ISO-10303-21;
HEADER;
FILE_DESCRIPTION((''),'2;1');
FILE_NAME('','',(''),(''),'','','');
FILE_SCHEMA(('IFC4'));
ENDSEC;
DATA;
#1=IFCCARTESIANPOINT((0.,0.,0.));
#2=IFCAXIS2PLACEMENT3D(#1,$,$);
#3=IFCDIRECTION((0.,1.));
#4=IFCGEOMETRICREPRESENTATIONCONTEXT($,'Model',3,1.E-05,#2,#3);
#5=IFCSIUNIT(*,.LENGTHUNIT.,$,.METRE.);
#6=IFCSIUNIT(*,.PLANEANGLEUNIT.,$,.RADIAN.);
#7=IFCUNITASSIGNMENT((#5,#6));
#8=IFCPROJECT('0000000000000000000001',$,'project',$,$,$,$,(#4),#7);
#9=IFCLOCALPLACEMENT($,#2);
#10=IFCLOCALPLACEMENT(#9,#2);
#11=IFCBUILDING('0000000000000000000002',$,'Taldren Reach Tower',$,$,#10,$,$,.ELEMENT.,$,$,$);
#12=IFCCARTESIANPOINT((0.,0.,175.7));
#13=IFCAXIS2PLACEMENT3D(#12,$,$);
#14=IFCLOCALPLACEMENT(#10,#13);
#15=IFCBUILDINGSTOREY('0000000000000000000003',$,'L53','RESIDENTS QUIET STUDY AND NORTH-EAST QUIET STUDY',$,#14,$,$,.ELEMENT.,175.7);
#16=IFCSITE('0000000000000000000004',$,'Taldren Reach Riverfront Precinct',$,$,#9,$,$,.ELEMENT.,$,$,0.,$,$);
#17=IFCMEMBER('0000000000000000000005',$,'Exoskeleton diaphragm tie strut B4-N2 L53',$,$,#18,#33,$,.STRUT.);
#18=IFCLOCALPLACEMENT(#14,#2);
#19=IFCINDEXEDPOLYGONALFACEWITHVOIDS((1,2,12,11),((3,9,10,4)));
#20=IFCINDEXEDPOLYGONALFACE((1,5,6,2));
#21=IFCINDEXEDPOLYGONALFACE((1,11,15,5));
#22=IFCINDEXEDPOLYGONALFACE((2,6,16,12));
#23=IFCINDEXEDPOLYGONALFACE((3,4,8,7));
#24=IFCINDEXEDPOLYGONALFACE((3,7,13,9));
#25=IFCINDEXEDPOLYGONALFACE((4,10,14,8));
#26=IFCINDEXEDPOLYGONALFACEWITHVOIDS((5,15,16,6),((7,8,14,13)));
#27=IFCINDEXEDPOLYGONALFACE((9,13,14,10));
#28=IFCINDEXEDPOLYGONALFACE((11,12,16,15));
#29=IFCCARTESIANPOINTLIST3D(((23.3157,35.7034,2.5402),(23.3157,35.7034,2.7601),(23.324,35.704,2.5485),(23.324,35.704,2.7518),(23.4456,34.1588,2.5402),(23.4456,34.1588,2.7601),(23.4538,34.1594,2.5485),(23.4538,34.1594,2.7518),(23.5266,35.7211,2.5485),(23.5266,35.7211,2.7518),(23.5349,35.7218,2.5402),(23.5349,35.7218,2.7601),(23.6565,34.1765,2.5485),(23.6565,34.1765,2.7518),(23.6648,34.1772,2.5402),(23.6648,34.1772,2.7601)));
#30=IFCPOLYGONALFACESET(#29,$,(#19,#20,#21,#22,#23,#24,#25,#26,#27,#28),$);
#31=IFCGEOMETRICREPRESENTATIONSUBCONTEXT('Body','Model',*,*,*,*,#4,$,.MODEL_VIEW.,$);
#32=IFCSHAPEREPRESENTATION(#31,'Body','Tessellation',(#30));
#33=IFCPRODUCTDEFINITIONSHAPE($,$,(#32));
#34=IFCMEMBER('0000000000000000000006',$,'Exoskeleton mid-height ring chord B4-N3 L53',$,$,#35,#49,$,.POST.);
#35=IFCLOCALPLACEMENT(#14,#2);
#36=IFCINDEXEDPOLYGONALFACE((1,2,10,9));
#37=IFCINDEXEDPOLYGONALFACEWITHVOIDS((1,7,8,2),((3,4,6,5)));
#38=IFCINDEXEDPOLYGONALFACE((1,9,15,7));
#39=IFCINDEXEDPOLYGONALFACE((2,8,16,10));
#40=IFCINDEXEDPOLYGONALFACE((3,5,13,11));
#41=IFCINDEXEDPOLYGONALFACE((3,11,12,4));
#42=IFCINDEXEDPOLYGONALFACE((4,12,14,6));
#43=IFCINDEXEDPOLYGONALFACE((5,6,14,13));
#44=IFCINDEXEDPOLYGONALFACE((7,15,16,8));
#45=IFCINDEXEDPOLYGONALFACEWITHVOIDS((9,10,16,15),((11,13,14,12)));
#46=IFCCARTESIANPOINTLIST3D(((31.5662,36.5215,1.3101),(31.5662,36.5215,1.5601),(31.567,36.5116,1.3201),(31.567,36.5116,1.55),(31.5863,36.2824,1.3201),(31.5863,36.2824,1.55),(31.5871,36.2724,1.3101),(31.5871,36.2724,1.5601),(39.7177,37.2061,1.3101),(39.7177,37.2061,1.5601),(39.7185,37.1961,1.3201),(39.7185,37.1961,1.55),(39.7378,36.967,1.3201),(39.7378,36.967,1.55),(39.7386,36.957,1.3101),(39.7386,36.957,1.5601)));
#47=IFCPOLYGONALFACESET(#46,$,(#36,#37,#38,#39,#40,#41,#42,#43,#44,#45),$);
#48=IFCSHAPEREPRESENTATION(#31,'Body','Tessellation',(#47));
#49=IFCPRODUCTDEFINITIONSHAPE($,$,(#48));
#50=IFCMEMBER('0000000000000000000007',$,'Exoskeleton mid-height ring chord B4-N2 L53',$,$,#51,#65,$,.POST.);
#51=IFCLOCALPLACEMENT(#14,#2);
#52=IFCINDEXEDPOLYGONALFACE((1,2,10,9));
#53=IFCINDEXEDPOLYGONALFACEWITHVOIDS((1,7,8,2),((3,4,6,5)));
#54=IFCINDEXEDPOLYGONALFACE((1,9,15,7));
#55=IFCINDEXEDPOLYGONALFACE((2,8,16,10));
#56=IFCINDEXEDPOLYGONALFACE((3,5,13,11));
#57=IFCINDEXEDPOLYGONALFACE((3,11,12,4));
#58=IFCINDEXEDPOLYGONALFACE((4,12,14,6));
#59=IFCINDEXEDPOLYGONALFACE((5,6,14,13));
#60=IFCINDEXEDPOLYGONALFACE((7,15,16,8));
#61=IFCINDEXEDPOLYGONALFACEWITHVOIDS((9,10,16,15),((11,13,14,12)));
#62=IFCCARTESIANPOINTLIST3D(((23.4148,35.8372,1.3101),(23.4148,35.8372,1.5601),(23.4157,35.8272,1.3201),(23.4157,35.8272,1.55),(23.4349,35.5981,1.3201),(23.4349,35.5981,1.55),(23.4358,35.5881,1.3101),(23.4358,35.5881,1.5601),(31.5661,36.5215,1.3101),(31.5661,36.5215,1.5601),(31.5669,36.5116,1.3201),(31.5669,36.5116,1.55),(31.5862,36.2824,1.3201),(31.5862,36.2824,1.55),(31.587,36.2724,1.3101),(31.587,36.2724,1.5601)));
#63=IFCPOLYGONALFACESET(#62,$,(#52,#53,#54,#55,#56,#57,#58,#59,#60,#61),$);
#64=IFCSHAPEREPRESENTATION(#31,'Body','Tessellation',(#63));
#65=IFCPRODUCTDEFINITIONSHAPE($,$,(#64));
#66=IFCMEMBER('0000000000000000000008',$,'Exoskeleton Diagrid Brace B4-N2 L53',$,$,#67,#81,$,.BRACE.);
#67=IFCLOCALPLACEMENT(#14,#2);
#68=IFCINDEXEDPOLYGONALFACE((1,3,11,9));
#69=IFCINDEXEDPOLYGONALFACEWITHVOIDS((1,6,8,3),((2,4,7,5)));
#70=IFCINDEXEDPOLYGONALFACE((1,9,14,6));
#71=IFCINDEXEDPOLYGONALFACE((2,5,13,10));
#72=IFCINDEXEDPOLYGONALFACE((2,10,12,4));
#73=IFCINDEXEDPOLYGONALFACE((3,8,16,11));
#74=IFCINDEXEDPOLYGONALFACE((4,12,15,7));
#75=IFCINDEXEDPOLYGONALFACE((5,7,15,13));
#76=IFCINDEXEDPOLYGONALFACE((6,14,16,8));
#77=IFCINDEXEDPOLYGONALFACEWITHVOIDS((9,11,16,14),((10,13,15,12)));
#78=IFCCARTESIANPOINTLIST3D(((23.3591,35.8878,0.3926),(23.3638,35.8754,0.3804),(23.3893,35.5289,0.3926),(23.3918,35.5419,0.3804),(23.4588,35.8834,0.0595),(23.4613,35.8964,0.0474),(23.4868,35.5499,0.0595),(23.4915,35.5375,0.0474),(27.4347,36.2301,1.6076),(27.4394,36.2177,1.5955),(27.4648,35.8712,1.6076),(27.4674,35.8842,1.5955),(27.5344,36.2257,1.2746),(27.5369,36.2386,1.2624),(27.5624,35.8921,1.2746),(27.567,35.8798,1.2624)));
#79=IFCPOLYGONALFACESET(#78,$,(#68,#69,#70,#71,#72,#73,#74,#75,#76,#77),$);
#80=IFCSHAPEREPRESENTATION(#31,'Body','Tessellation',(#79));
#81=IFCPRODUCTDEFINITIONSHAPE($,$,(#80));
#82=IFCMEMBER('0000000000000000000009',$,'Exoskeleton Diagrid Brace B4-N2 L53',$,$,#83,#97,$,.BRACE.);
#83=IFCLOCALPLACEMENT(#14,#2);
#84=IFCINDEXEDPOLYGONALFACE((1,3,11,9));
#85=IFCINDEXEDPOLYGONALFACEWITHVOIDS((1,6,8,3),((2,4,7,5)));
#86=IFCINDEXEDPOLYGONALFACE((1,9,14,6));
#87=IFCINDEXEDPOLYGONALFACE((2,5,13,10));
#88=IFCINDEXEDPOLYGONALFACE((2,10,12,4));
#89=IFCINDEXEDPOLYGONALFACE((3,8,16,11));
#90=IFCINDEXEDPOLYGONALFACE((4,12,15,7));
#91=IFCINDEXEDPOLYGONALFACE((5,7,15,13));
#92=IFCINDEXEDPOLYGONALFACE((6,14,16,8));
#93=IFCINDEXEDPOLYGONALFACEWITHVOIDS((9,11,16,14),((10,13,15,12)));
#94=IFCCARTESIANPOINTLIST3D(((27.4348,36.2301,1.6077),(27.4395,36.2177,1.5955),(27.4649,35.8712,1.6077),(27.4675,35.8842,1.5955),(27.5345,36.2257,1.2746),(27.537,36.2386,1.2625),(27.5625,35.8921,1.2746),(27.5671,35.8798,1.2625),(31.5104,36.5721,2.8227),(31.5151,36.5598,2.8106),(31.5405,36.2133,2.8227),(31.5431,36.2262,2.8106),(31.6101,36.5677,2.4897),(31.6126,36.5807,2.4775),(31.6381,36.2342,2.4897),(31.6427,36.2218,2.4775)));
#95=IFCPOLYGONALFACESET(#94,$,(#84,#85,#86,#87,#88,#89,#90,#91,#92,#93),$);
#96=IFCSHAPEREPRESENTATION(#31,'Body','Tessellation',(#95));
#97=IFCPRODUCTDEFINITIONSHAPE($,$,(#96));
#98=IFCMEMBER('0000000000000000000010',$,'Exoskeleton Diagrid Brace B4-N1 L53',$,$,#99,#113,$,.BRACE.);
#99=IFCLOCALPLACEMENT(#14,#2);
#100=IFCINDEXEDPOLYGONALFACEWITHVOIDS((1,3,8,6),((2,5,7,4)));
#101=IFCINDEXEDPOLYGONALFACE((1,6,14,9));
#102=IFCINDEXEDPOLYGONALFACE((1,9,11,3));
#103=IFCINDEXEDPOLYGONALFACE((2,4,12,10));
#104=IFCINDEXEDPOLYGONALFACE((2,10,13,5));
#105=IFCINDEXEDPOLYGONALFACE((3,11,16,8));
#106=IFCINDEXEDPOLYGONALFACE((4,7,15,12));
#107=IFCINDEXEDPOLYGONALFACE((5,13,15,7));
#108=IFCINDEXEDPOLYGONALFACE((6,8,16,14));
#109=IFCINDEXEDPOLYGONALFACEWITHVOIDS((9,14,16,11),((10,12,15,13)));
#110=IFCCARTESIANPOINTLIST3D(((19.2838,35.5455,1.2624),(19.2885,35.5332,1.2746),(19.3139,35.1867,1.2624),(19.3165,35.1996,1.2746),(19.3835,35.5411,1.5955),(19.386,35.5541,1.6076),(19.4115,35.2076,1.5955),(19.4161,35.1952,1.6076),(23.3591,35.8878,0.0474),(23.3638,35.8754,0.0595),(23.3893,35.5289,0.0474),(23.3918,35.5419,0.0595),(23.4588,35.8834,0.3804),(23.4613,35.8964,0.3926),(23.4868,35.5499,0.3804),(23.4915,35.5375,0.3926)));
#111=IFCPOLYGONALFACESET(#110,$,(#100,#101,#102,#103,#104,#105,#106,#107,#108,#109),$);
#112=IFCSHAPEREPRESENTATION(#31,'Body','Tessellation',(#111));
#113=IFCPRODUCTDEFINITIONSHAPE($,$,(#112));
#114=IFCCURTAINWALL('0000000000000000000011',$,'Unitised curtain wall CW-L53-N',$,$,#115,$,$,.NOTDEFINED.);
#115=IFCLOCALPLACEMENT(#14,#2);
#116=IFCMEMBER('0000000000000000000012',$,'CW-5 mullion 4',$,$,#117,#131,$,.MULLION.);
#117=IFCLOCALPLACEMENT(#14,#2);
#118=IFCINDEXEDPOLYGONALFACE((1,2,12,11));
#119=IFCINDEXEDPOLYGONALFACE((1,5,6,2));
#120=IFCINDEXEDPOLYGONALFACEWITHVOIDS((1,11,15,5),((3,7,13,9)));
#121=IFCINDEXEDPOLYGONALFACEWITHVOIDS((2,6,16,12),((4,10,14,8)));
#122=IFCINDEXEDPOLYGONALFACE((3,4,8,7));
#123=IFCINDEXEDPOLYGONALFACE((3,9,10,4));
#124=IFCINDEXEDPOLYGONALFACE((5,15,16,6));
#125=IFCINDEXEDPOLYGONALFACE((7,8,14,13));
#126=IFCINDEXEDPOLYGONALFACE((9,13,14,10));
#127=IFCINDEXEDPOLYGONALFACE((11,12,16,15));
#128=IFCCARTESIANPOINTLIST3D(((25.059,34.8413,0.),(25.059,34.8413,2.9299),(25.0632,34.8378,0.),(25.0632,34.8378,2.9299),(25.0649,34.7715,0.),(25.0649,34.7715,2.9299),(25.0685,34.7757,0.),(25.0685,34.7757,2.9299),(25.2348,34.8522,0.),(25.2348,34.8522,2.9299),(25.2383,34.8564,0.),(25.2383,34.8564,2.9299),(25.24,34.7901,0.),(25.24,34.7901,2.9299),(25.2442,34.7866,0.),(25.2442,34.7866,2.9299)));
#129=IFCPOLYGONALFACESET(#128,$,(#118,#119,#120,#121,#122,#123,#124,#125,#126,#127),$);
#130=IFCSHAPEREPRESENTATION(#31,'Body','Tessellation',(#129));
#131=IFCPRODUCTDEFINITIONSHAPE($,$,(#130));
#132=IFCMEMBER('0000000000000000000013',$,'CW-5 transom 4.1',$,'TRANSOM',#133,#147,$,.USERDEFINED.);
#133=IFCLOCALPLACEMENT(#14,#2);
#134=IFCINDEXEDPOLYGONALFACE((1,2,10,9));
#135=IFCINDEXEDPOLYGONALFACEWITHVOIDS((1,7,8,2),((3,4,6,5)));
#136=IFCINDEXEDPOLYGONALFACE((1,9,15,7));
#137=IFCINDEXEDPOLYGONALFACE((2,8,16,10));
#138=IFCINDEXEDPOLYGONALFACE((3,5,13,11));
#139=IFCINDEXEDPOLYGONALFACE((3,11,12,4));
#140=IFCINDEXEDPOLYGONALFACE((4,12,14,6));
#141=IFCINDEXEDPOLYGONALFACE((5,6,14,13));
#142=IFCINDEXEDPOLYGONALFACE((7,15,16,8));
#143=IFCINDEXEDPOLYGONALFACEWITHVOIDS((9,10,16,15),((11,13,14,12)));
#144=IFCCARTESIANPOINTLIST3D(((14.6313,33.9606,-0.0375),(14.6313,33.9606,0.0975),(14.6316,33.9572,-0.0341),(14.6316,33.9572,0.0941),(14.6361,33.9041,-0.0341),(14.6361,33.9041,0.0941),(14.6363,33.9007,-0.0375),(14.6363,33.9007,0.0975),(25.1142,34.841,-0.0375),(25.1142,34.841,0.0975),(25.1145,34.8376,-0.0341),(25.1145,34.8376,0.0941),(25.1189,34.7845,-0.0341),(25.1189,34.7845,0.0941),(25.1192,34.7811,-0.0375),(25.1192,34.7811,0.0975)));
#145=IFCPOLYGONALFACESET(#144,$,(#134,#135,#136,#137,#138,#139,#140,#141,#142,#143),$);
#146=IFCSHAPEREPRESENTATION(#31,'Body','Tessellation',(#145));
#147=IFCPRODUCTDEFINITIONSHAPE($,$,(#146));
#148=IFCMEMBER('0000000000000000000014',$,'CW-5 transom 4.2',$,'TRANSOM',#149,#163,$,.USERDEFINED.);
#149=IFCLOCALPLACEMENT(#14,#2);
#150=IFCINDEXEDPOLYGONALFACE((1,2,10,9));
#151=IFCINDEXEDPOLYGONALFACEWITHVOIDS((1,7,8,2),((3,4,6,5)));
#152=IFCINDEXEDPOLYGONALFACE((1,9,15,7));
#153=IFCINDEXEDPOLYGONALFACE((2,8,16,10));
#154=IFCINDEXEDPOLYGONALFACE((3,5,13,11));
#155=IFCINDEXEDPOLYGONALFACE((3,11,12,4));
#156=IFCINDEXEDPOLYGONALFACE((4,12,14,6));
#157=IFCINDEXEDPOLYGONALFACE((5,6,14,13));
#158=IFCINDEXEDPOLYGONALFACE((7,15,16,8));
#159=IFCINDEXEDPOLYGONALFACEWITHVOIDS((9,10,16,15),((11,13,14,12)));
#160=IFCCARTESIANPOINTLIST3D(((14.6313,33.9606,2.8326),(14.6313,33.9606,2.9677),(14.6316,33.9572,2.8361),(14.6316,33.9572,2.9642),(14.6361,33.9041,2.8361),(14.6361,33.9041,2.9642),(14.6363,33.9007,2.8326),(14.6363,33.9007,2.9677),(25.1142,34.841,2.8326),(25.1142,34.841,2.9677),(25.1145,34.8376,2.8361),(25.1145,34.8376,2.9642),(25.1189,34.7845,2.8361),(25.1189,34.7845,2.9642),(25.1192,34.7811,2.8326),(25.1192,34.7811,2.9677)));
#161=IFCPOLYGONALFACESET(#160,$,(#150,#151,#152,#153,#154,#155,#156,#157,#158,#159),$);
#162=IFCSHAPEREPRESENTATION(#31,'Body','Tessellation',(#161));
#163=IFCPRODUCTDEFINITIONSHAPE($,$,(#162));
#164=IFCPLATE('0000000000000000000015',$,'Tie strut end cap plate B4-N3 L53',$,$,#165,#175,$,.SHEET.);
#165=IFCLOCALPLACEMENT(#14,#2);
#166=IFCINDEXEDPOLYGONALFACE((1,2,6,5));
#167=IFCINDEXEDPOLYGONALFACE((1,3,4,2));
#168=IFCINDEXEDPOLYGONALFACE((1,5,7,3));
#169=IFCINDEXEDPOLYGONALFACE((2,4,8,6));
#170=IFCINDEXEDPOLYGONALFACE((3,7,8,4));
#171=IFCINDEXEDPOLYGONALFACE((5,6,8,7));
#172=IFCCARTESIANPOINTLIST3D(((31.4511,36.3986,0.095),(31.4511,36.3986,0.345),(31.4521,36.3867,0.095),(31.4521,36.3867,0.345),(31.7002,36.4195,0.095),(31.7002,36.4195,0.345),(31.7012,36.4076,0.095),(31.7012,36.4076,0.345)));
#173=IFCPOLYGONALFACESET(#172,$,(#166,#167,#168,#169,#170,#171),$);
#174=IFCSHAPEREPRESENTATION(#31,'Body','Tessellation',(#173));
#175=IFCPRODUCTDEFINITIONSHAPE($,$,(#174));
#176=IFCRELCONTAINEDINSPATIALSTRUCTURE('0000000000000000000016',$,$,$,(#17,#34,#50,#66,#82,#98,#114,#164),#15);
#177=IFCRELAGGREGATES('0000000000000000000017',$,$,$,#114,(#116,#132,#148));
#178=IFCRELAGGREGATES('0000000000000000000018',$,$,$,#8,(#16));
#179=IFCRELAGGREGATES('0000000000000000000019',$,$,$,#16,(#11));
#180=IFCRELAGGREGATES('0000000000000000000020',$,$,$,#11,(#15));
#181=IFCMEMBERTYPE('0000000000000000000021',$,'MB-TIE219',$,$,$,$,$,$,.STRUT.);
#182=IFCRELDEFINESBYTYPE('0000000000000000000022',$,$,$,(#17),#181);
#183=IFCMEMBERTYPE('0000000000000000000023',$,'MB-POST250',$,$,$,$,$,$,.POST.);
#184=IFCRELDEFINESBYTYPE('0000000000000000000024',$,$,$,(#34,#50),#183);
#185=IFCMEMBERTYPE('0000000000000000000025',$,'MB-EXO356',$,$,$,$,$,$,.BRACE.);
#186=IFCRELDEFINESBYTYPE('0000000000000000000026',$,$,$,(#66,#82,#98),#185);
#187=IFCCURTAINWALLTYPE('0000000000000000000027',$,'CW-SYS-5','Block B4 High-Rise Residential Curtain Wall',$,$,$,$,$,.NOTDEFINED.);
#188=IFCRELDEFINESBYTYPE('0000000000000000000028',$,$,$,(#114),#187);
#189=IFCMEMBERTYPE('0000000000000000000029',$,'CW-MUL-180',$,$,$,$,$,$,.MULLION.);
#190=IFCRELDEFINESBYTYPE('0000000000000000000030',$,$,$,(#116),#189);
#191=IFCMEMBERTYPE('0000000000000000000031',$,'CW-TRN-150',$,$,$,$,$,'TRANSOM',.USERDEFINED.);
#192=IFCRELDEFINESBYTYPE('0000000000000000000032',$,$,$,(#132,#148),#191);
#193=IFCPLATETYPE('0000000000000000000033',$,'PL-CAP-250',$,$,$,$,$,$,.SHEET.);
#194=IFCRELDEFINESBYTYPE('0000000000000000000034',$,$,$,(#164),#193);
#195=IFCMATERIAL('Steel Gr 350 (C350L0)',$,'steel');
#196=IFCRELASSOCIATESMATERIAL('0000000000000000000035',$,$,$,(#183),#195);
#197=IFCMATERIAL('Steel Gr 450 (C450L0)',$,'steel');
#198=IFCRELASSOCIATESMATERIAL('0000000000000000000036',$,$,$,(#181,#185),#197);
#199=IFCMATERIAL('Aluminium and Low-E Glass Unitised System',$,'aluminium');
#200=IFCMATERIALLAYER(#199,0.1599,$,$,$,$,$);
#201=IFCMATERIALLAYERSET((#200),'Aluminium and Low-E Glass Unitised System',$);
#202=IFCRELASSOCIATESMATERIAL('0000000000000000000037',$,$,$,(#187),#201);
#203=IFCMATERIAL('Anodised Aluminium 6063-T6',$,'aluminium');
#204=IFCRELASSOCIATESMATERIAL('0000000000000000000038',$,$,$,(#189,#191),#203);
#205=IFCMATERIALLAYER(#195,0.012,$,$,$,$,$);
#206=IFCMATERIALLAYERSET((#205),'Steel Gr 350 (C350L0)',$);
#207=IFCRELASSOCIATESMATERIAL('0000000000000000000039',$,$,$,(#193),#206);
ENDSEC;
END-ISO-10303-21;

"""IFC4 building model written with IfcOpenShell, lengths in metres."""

from ifc_helpers import new_model, si_unit, direction, frame, origin, origin_2d, place, context, subcontext, project, spatial, rectangle, hollow_rectangle, extrude, source, transform, mapped, material, layer, layer_set, material_profile, profile_set, type_object, element, aggregate, save


model = new_model("IFC4")

# Units and contexts
model_context = context("Model", 3, precision=1e-05, world=origin(), true_north=direction((0.0, 1.0)))
body_context = subcontext(model_context, "Body", "Model", "MODEL_VIEW")
ifc_project = project(units=[si_unit("LENGTHUNIT", "METRE"), si_unit("PLANEANGLEUNIT", "RADIAN")], contexts=[model_context])

# Site, building, storey
site_placement = place(None, origin())
site = spatial("IfcSite", under=ifc_project, at=site_placement, Name="Taldren Reach Riverfront Precinct", CompositionType="ELEMENT", RefElevation=0.0)
building_placement = place(site_placement, origin())
building = spatial("IfcBuilding", under=site, at=building_placement, Name="Taldren Reach Tower", CompositionType="ELEMENT")
storey_placement = place(building_placement, frame((0.0, 0.0, 175.7)))
storey = spatial("IfcBuildingStorey", under=building, at=storey_placement, Name="L53", Description="RESIDENTS QUIET STUDY AND NORTH-EAST QUIET STUDY", CompositionType="ELEMENT", Elevation=175.7)

# Shared definitions
ifc_material_1 = material(Name="Steel Gr 350 (C350L0)", Category="steel")
ifc_material_profile_1 = material_profile(ifc_material_1, hollow_rectangle(XDim=0.25, YDim=0.25, WallThickness=0.01, at=origin_2d()), Name="250x250x10.0SHS")
ifc_profile_set_1 = profile_set([ifc_material_profile_1], Name="Steel Gr 350 (C350L0)")
member_type_1 = type_object("IfcMemberType", Name="MB-POST250", PredefinedType="POST", material=ifc_profile_set_1)

# Members
ifc_material_2 = material(Name="Steel Gr 450 (C450L0)", Category="steel")
ifc_material_profile_2 = material_profile(ifc_material_2, hollow_rectangle(XDim=0.22, YDim=0.22, WallThickness=0.0083, at=origin_2d()), Name="220x220x8.2SHS")
ifc_profile_set_2 = profile_set([ifc_material_profile_2], Name="Steel Gr 450 (C450L0)")
member_type_2 = type_object("IfcMemberType", Name="MB-TIE219", PredefinedType="STRUT", material=ifc_profile_set_2)
shared_shape_1 = source(origin(), body_context, "Body", "SweptSolid", [
    extrude(hollow_rectangle(XDim=0.22, YDim=0.22, WallThickness=0.0083, at=origin_2d()), origin(), (0.0, 0.0, 1.0), 1.55),
])
member_1_placement = place(storey_placement, frame((23.5552, 34.168, 2.6501), z_axis=(-0.083788, 0.996484, 0.0), x_axis=(-0.996484, -0.083788, 0.0)))
element("IfcMember", 1, at=member_1_placement, inside=storey, type_object=member_type_2, Name="Exoskeleton diaphragm tie strut B4-N2 L53", PredefinedType="STRUT", context=body_context, shape_type="MappedRepresentation", body=[
    mapped(shared_shape_1, transform((0.0, 0.0, 0.0), scale=1.0)),
])
shared_shape_2 = source(origin(), body_context, "Body", "SweptSolid", [
    extrude(hollow_rectangle(XDim=0.25, YDim=0.25, WallThickness=0.01, at=origin_2d()), origin(), (0.0, 0.0, 1.0), 8.1802),
])
member_2_placement = place(storey_placement, frame((31.5767, 36.397, 1.4351), z_axis=(0.996492, 0.083688, 0.0), x_axis=(-0.083688, 0.996492, 0.0)))
element("IfcMember", 2, at=member_2_placement, inside=storey, type_object=member_type_1, Name="Exoskeleton mid-height ring chord B4-N3 L53", PredefinedType="POST", context=body_context, shape_type="MappedRepresentation", body=[
    mapped(shared_shape_2, transform((0.0, 0.0, 0.0), scale=1.0)),
])
shared_shape_3 = source(origin(), body_context, "Body", "SweptSolid", [
    extrude(hollow_rectangle(XDim=0.25, YDim=0.25, WallThickness=0.01, at=origin_2d()), origin(), (0.0, 0.0, 1.0), 8.1799),
])
member_3_placement = place(storey_placement, frame((23.4253, 35.7126, 1.4351), z_axis=(0.996495, 0.083658, 0.0), x_axis=(-0.083658, 0.996495, 0.0)))
element("IfcMember", 3, at=member_3_placement, inside=storey, type_object=member_type_1, Name="Exoskeleton mid-height ring chord B4-N2 L53", PredefinedType="POST", context=body_context, shape_type="MappedRepresentation", body=[
    mapped(shared_shape_3, transform((0.0, 0.0, 0.0), scale=1.0)),
])
ifc_material_profile_3 = material_profile(ifc_material_2, hollow_rectangle(XDim=0.3601, YDim=0.3601, WallThickness=0.0127, at=origin_2d()), Name="360x360x12.7SHS")
ifc_profile_set_3 = profile_set([ifc_material_profile_3], Name="Steel Gr 450 (C450L0)")
member_type_3 = type_object("IfcMemberType", Name="MB-EXO356", PredefinedType="BRACE", material=ifc_profile_set_3)
shared_shape_4 = source(origin(), body_context, "Body", "SweptSolid", [
    extrude(hollow_rectangle(XDim=0.3601, YDim=0.3601, WallThickness=0.0127, at=origin_2d()), origin(), (0.0, 0.0, 1.0), 4.2666),
])
for number, where, z_axis, x_axis, name in (
    (4, (23.4253, 35.7126, 0.22), (0.955229, 0.080222, 0.284783), (-0.083688, 0.996492, 0.0), "Exoskeleton Diagrid Brace B4-N2 L53"),
    (5, (27.501, 36.0549, 1.4351), (0.955234, 0.080165, 0.284785), (-0.083628, 0.996497, 0.0), "Exoskeleton Diagrid Brace B4-N2 L53"),
):
    element("IfcMember", number, at=place(storey_placement, frame(where, z_axis=z_axis, x_axis=x_axis)), inside=storey, type_object=member_type_3, Name=name, PredefinedType="BRACE", context=body_context, shape_type="MappedRepresentation", body=[
        mapped(shared_shape_4, transform((0.0, 0.0, 0.0), scale=1.0)),
    ])
shared_shape_5 = source(origin(), body_context, "Body", "SweptSolid", [
    extrude(hollow_rectangle(XDim=0.3601, YDim=0.3601, WallThickness=0.0127, at=origin_2d()), origin(), (0.0, 0.0, 1.0), 4.2664),
])
member_4_placement = place(storey_placement, frame((23.4253, 35.7126, 0.22), z_axis=(-0.955224, -0.080227, 0.284799), x_axis=(0.083693, -0.996492, 0.0)))
element("IfcMember", 6, at=member_4_placement, inside=storey, type_object=member_type_3, Name="Exoskeleton Diagrid Brace B4-N1 L53", PredefinedType="BRACE", context=body_context, shape_type="MappedRepresentation", body=[
    mapped(shared_shape_5, transform((0.0, 0.0, 0.0), scale=1.0)),
])

# Curtain wall, members
ifc_material_3 = material(Name="Aluminium and Low-E Glass Unitised System", Category="aluminium")
ifc_layer_1 = layer(ifc_material_3, 0.1599)
ifc_layer_set_1 = layer_set([ifc_layer_1], Name="Aluminium and Low-E Glass Unitised System")
curtain_wall_type = type_object("IfcCurtainWallType", Name="CW-SYS-5", Description="Block B4 High-Rise Residential Curtain Wall", PredefinedType="NOTDEFINED", material=ifc_layer_set_1)
curtain_wall_placement = place(storey_placement, origin())
curtain_wall = element("IfcCurtainWall", 7, at=curtain_wall_placement, inside=storey, type_object=curtain_wall_type, Name="Unitised curtain wall CW-L53-N", PredefinedType="NOTDEFINED")
ifc_material_4 = material(Name="Anodised Aluminium 6063-T6", Category="aluminium")
ifc_material_profile_4 = material_profile(ifc_material_4, hollow_rectangle(XDim=0.0701, YDim=0.1799, WallThickness=0.0039, at=origin_2d()), Name="ALU-180x70x4RHS")
ifc_profile_set_4 = profile_set([ifc_material_profile_4], Name="Anodised Aluminium 6063-T6")
member_type_4 = type_object("IfcMemberType", Name="CW-MUL-180", PredefinedType="MULLION", material=ifc_profile_set_4)
shared_shape_6 = source(origin(), body_context, "Body", "SweptSolid", [
    extrude(hollow_rectangle(XDim=0.0701, YDim=0.1799, WallThickness=0.0039, at=origin_2d()), origin(), (0.0, 0.0, 1.0), 2.9299),
])
member_5_placement = place(storey_placement, frame((25.1516, 34.814, 0.0), z_axis=(0.0, 0.0, 1.0), x_axis=(0.083678, -0.996493, 0.0)))
member_5 = element("IfcMember", 8, at=member_5_placement, type_object=member_type_4, Name="CW-5 mullion 4", PredefinedType="MULLION", context=body_context, shape_type="MappedRepresentation", body=[
    mapped(shared_shape_6, transform((0.0, 0.0, 0.0), scale=1.0)),
])
ifc_material_profile_5 = material_profile(ifc_material_4, hollow_rectangle(XDim=0.0601, YDim=0.135, WallThickness=0.0034, at=origin_2d()), Name="ALU-135x60x3.5RHS")
ifc_profile_set_5 = profile_set([ifc_material_profile_5], Name="Anodised Aluminium 6063-T6")
member_type_5 = type_object("IfcMemberType", Name="CW-TRN-150", ElementType="TRANSOM", PredefinedType="USERDEFINED", material=ifc_profile_set_5)
shared_shape_7 = source(origin(), body_context, "Body", "SweptSolid", [
    extrude(hollow_rectangle(XDim=0.0601, YDim=0.135, WallThickness=0.0034, at=origin_2d()), origin(), (0.0, 0.0, 1.0), 10.5198),
])
member_6_placement = place(storey_placement, frame((25.1167, 34.811, 0.03), z_axis=(-0.996492, -0.083687, 0.0), x_axis=(0.083687, -0.996492, 0.0)))
member_6 = element("IfcMember", 9, at=member_6_placement, type_object=member_type_5, Name="CW-5 transom 4.1", ObjectType="TRANSOM", PredefinedType="USERDEFINED", context=body_context, shape_type="MappedRepresentation", body=[
    mapped(shared_shape_7, transform((0.0, 0.0, 0.0), scale=1.0)),
])
member_7_placement = place(storey_placement, frame((25.1167, 34.811, 2.9001), z_axis=(-0.996492, -0.083687, 0.0), x_axis=(0.083687, -0.996492, 0.0)))
member_7 = element("IfcMember", 10, at=member_7_placement, type_object=member_type_5, Name="CW-5 transom 4.2", ObjectType="TRANSOM", PredefinedType="USERDEFINED", context=body_context, shape_type="MappedRepresentation", body=[
    mapped(shared_shape_7, transform((0.0, 0.0, 0.0), scale=1.0)),
])

# Plate
ifc_layer_2 = layer(ifc_material_1, 0.012)
ifc_layer_set_2 = layer_set([ifc_layer_2], Name="Steel Gr 350 (C350L0)")
plate_type_1 = type_object("IfcPlateType", Name="PL-CAP-250", PredefinedType="SHEET", material=ifc_layer_set_2)
shared_shape_8 = source(origin(), body_context, "Body", "SweptSolid", [
    extrude(rectangle(XDim=0.25, YDim=0.012, at=origin_2d()), origin(), (0.0, 0.0, 1.0), 0.25),
])
plate_1_placement = place(storey_placement, frame((31.5762, 36.4031, 0.095), z_axis=(0.0, 0.0, 1.0), x_axis=(0.996493, 0.083678, 0.0)))
element("IfcPlate", 11, at=plate_1_placement, inside=storey, type_object=plate_type_1, Name="Tie strut end cap plate B4-N3 L53", PredefinedType="SHEET", context=body_context, shape_type="MappedRepresentation", body=[
    mapped(shared_shape_8, transform((0.0, 0.0, 0.0), scale=1.0)),
])

aggregate(curtain_wall, [member_5, member_6, member_7])

save(model, "model.ifc")
